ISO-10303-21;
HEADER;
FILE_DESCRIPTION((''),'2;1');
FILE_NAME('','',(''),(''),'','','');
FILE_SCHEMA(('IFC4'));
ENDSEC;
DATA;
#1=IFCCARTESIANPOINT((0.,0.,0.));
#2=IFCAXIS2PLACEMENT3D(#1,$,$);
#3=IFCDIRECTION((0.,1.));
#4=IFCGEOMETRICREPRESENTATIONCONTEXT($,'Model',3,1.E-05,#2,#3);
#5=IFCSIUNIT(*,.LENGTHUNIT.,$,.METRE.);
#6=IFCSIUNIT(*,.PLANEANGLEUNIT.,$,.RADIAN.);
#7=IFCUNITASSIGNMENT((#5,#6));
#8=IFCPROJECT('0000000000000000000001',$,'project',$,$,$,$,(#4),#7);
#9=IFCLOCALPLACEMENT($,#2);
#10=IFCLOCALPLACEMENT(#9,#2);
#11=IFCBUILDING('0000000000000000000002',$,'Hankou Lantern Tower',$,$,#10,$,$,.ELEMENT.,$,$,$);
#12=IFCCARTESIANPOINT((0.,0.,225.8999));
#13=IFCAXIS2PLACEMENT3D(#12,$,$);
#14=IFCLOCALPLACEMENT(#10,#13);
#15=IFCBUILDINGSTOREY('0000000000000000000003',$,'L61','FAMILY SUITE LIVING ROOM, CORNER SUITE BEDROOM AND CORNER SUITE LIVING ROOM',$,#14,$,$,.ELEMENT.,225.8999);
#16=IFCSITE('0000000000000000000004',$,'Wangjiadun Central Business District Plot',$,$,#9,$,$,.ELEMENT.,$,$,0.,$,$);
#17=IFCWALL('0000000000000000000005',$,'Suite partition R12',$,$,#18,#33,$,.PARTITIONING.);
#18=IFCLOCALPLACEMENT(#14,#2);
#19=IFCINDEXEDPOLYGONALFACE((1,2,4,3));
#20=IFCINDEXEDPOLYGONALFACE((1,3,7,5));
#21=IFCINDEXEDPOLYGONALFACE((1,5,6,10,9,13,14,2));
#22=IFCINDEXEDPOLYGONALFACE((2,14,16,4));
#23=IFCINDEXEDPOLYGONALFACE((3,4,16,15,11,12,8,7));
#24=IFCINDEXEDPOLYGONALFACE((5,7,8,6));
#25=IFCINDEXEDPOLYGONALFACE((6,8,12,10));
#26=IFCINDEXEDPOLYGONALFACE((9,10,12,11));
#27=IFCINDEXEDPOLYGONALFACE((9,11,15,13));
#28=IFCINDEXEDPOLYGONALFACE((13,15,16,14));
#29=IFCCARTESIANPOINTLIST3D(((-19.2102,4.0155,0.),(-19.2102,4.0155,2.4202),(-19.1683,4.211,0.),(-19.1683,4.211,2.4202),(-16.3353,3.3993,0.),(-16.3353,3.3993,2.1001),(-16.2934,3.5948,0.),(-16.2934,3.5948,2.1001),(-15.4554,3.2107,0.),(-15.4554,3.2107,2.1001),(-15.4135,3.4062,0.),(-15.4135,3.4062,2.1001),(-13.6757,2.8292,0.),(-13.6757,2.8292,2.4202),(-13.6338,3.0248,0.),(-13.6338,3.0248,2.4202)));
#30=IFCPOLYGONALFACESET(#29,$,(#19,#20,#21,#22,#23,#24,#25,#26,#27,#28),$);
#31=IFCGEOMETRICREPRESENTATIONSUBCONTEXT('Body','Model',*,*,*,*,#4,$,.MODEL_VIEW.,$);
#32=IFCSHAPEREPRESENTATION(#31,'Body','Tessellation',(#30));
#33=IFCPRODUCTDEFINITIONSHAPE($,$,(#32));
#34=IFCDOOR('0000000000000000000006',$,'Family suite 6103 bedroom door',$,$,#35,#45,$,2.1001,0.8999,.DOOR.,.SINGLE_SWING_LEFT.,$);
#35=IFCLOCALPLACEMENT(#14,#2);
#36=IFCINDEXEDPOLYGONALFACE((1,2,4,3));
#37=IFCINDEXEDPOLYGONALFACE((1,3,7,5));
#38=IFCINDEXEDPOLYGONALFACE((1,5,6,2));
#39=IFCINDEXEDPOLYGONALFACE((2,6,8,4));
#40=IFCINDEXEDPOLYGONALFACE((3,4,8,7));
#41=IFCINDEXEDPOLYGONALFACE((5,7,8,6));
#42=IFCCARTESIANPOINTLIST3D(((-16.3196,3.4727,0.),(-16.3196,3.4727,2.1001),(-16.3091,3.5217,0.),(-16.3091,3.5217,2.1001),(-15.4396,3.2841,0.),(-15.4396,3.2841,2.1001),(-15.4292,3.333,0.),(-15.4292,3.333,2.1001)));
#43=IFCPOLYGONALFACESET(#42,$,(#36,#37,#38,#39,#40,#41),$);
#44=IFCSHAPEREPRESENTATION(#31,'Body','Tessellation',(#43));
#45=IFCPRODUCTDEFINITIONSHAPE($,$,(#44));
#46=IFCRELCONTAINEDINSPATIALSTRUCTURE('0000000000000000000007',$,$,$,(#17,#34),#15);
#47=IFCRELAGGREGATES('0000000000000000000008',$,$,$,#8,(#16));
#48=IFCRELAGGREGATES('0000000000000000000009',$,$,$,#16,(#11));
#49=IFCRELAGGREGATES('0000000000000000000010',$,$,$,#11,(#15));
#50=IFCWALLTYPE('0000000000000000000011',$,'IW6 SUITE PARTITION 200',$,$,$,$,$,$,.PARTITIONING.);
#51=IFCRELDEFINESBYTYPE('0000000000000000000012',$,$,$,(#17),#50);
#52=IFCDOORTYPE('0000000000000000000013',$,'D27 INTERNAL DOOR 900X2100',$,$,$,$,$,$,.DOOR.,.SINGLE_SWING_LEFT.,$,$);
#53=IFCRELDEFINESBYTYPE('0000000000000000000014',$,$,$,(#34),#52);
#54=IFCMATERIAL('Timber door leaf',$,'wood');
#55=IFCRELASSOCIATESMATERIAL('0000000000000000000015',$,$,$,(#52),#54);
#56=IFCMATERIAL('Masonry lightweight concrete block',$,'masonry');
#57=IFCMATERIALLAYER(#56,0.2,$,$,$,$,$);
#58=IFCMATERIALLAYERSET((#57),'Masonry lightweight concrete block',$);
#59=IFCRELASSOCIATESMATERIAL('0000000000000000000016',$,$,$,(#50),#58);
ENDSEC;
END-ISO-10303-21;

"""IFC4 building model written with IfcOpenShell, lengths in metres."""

from ifc_helpers import new_model, si_unit, direction, frame, frame_2d, origin, place, context, subcontext, project, spatial, rectangle, extrude, material, layer, layer_set, type_object, element, fill, save


model = new_model("IFC4")

# Units and contexts
model_context = context("Model", 3, precision=1e-05, world=origin(), true_north=direction((0.0, 1.0)))
body_context = subcontext(model_context, "Body", "Model", "MODEL_VIEW")
ifc_project = project(units=[si_unit("LENGTHUNIT", "METRE"), si_unit("PLANEANGLEUNIT", "RADIAN")], contexts=[model_context])

# Site, building, storey
site_placement = place(None, origin())
site = spatial("IfcSite", under=ifc_project, at=site_placement, Name="Wangjiadun Central Business District Plot", CompositionType="ELEMENT", RefElevation=0.0)
building_placement = place(site_placement, origin())
building = spatial("IfcBuilding", under=site, at=building_placement, Name="Hankou Lantern Tower", CompositionType="ELEMENT")
storey_placement = place(building_placement, frame((0.0, 0.0, 225.8999)))
storey = spatial("IfcBuildingStorey", under=building, at=storey_placement, Name="L61", Description="FAMILY SUITE LIVING ROOM, CORNER SUITE BEDROOM AND CORNER SUITE LIVING ROOM", CompositionType="ELEMENT", Elevation=225.8999)

# Shared definitions
ifc_material_1 = material(Name="Timber door leaf", Category="wood")
door_type_1 = type_object("IfcDoorType", Name="D27 INTERNAL DOOR 900X2100", OperationType="SINGLE_SWING_LEFT", PredefinedType="DOOR", material=ifc_material_1)

# Shared definitions
ifc_material_2 = material(Name="Masonry lightweight concrete block", Category="masonry")
ifc_layer_1 = layer(ifc_material_2, 0.2)
ifc_layer_set_1 = layer_set([ifc_layer_1], Name="Masonry lightweight concrete block")
wall_type_1 = type_object("IfcWallType", Name="IW6 SUITE PARTITION 200", PredefinedType="PARTITIONING", material=ifc_layer_set_1)

# Wall, opening, door
wall_1_placement = place(storey_placement, frame((-13.6548, 2.927, 0.0), z_axis=(0.0, 0.0, 1.0), x_axis=(-0.97779, 0.209585, 0.0)))
wall_1 = element("IfcWall", 1, at=wall_1_placement, inside=storey, type_object=wall_type_1, Name="Suite partition R12", PredefinedType="PARTITIONING", context=body_context, shape_type="SweptSolid", body=[
    extrude(rectangle(XDim=5.6602, YDim=0.2, at=frame_2d((2.8301, 0.0))), origin(), (0.0, 0.0, 1.0), 2.4202),
])
opening_1_placement = place(wall_1_placement, frame((1.8201, 0.0, 0.0)))
opening_1 = element("IfcOpeningElement", 2, at=opening_1_placement, cuts=wall_1, PredefinedType="OPENING", context=body_context, shape_type="SweptSolid", body=[
    extrude(rectangle(XDim=0.8999, YDim=2.1001, at=frame_2d((0.45, 1.05))), frame((0.0, 0.1099, 0.0), z_axis=(0.0, -1.0, 0.0), x_axis=(1.0, 0.0, 0.0)), (0.0, 0.0, 1.0), 0.22),
])
door_1_placement = place(opening_1_placement, origin())
door_1 = element("IfcDoor", 3, at=door_1_placement, inside=storey, type_object=door_type_1, Name="Family suite 6103 bedroom door", OperationType="SINGLE_SWING_LEFT", OverallHeight=2.1001, OverallWidth=0.8999, PredefinedType="DOOR", context=body_context, shape_type="SweptSolid", body=[
    extrude(rectangle(XDim=0.8999, YDim=2.1001, at=frame_2d((0.45, 1.05))), frame((0.0, 0.0249, 0.0), z_axis=(0.0, -1.0, 0.0), x_axis=(1.0, 0.0, 0.0)), (0.0, 0.0, 1.0), 0.05),
])
fill(opening_1, door_1)

save(model, "model.ifc")
